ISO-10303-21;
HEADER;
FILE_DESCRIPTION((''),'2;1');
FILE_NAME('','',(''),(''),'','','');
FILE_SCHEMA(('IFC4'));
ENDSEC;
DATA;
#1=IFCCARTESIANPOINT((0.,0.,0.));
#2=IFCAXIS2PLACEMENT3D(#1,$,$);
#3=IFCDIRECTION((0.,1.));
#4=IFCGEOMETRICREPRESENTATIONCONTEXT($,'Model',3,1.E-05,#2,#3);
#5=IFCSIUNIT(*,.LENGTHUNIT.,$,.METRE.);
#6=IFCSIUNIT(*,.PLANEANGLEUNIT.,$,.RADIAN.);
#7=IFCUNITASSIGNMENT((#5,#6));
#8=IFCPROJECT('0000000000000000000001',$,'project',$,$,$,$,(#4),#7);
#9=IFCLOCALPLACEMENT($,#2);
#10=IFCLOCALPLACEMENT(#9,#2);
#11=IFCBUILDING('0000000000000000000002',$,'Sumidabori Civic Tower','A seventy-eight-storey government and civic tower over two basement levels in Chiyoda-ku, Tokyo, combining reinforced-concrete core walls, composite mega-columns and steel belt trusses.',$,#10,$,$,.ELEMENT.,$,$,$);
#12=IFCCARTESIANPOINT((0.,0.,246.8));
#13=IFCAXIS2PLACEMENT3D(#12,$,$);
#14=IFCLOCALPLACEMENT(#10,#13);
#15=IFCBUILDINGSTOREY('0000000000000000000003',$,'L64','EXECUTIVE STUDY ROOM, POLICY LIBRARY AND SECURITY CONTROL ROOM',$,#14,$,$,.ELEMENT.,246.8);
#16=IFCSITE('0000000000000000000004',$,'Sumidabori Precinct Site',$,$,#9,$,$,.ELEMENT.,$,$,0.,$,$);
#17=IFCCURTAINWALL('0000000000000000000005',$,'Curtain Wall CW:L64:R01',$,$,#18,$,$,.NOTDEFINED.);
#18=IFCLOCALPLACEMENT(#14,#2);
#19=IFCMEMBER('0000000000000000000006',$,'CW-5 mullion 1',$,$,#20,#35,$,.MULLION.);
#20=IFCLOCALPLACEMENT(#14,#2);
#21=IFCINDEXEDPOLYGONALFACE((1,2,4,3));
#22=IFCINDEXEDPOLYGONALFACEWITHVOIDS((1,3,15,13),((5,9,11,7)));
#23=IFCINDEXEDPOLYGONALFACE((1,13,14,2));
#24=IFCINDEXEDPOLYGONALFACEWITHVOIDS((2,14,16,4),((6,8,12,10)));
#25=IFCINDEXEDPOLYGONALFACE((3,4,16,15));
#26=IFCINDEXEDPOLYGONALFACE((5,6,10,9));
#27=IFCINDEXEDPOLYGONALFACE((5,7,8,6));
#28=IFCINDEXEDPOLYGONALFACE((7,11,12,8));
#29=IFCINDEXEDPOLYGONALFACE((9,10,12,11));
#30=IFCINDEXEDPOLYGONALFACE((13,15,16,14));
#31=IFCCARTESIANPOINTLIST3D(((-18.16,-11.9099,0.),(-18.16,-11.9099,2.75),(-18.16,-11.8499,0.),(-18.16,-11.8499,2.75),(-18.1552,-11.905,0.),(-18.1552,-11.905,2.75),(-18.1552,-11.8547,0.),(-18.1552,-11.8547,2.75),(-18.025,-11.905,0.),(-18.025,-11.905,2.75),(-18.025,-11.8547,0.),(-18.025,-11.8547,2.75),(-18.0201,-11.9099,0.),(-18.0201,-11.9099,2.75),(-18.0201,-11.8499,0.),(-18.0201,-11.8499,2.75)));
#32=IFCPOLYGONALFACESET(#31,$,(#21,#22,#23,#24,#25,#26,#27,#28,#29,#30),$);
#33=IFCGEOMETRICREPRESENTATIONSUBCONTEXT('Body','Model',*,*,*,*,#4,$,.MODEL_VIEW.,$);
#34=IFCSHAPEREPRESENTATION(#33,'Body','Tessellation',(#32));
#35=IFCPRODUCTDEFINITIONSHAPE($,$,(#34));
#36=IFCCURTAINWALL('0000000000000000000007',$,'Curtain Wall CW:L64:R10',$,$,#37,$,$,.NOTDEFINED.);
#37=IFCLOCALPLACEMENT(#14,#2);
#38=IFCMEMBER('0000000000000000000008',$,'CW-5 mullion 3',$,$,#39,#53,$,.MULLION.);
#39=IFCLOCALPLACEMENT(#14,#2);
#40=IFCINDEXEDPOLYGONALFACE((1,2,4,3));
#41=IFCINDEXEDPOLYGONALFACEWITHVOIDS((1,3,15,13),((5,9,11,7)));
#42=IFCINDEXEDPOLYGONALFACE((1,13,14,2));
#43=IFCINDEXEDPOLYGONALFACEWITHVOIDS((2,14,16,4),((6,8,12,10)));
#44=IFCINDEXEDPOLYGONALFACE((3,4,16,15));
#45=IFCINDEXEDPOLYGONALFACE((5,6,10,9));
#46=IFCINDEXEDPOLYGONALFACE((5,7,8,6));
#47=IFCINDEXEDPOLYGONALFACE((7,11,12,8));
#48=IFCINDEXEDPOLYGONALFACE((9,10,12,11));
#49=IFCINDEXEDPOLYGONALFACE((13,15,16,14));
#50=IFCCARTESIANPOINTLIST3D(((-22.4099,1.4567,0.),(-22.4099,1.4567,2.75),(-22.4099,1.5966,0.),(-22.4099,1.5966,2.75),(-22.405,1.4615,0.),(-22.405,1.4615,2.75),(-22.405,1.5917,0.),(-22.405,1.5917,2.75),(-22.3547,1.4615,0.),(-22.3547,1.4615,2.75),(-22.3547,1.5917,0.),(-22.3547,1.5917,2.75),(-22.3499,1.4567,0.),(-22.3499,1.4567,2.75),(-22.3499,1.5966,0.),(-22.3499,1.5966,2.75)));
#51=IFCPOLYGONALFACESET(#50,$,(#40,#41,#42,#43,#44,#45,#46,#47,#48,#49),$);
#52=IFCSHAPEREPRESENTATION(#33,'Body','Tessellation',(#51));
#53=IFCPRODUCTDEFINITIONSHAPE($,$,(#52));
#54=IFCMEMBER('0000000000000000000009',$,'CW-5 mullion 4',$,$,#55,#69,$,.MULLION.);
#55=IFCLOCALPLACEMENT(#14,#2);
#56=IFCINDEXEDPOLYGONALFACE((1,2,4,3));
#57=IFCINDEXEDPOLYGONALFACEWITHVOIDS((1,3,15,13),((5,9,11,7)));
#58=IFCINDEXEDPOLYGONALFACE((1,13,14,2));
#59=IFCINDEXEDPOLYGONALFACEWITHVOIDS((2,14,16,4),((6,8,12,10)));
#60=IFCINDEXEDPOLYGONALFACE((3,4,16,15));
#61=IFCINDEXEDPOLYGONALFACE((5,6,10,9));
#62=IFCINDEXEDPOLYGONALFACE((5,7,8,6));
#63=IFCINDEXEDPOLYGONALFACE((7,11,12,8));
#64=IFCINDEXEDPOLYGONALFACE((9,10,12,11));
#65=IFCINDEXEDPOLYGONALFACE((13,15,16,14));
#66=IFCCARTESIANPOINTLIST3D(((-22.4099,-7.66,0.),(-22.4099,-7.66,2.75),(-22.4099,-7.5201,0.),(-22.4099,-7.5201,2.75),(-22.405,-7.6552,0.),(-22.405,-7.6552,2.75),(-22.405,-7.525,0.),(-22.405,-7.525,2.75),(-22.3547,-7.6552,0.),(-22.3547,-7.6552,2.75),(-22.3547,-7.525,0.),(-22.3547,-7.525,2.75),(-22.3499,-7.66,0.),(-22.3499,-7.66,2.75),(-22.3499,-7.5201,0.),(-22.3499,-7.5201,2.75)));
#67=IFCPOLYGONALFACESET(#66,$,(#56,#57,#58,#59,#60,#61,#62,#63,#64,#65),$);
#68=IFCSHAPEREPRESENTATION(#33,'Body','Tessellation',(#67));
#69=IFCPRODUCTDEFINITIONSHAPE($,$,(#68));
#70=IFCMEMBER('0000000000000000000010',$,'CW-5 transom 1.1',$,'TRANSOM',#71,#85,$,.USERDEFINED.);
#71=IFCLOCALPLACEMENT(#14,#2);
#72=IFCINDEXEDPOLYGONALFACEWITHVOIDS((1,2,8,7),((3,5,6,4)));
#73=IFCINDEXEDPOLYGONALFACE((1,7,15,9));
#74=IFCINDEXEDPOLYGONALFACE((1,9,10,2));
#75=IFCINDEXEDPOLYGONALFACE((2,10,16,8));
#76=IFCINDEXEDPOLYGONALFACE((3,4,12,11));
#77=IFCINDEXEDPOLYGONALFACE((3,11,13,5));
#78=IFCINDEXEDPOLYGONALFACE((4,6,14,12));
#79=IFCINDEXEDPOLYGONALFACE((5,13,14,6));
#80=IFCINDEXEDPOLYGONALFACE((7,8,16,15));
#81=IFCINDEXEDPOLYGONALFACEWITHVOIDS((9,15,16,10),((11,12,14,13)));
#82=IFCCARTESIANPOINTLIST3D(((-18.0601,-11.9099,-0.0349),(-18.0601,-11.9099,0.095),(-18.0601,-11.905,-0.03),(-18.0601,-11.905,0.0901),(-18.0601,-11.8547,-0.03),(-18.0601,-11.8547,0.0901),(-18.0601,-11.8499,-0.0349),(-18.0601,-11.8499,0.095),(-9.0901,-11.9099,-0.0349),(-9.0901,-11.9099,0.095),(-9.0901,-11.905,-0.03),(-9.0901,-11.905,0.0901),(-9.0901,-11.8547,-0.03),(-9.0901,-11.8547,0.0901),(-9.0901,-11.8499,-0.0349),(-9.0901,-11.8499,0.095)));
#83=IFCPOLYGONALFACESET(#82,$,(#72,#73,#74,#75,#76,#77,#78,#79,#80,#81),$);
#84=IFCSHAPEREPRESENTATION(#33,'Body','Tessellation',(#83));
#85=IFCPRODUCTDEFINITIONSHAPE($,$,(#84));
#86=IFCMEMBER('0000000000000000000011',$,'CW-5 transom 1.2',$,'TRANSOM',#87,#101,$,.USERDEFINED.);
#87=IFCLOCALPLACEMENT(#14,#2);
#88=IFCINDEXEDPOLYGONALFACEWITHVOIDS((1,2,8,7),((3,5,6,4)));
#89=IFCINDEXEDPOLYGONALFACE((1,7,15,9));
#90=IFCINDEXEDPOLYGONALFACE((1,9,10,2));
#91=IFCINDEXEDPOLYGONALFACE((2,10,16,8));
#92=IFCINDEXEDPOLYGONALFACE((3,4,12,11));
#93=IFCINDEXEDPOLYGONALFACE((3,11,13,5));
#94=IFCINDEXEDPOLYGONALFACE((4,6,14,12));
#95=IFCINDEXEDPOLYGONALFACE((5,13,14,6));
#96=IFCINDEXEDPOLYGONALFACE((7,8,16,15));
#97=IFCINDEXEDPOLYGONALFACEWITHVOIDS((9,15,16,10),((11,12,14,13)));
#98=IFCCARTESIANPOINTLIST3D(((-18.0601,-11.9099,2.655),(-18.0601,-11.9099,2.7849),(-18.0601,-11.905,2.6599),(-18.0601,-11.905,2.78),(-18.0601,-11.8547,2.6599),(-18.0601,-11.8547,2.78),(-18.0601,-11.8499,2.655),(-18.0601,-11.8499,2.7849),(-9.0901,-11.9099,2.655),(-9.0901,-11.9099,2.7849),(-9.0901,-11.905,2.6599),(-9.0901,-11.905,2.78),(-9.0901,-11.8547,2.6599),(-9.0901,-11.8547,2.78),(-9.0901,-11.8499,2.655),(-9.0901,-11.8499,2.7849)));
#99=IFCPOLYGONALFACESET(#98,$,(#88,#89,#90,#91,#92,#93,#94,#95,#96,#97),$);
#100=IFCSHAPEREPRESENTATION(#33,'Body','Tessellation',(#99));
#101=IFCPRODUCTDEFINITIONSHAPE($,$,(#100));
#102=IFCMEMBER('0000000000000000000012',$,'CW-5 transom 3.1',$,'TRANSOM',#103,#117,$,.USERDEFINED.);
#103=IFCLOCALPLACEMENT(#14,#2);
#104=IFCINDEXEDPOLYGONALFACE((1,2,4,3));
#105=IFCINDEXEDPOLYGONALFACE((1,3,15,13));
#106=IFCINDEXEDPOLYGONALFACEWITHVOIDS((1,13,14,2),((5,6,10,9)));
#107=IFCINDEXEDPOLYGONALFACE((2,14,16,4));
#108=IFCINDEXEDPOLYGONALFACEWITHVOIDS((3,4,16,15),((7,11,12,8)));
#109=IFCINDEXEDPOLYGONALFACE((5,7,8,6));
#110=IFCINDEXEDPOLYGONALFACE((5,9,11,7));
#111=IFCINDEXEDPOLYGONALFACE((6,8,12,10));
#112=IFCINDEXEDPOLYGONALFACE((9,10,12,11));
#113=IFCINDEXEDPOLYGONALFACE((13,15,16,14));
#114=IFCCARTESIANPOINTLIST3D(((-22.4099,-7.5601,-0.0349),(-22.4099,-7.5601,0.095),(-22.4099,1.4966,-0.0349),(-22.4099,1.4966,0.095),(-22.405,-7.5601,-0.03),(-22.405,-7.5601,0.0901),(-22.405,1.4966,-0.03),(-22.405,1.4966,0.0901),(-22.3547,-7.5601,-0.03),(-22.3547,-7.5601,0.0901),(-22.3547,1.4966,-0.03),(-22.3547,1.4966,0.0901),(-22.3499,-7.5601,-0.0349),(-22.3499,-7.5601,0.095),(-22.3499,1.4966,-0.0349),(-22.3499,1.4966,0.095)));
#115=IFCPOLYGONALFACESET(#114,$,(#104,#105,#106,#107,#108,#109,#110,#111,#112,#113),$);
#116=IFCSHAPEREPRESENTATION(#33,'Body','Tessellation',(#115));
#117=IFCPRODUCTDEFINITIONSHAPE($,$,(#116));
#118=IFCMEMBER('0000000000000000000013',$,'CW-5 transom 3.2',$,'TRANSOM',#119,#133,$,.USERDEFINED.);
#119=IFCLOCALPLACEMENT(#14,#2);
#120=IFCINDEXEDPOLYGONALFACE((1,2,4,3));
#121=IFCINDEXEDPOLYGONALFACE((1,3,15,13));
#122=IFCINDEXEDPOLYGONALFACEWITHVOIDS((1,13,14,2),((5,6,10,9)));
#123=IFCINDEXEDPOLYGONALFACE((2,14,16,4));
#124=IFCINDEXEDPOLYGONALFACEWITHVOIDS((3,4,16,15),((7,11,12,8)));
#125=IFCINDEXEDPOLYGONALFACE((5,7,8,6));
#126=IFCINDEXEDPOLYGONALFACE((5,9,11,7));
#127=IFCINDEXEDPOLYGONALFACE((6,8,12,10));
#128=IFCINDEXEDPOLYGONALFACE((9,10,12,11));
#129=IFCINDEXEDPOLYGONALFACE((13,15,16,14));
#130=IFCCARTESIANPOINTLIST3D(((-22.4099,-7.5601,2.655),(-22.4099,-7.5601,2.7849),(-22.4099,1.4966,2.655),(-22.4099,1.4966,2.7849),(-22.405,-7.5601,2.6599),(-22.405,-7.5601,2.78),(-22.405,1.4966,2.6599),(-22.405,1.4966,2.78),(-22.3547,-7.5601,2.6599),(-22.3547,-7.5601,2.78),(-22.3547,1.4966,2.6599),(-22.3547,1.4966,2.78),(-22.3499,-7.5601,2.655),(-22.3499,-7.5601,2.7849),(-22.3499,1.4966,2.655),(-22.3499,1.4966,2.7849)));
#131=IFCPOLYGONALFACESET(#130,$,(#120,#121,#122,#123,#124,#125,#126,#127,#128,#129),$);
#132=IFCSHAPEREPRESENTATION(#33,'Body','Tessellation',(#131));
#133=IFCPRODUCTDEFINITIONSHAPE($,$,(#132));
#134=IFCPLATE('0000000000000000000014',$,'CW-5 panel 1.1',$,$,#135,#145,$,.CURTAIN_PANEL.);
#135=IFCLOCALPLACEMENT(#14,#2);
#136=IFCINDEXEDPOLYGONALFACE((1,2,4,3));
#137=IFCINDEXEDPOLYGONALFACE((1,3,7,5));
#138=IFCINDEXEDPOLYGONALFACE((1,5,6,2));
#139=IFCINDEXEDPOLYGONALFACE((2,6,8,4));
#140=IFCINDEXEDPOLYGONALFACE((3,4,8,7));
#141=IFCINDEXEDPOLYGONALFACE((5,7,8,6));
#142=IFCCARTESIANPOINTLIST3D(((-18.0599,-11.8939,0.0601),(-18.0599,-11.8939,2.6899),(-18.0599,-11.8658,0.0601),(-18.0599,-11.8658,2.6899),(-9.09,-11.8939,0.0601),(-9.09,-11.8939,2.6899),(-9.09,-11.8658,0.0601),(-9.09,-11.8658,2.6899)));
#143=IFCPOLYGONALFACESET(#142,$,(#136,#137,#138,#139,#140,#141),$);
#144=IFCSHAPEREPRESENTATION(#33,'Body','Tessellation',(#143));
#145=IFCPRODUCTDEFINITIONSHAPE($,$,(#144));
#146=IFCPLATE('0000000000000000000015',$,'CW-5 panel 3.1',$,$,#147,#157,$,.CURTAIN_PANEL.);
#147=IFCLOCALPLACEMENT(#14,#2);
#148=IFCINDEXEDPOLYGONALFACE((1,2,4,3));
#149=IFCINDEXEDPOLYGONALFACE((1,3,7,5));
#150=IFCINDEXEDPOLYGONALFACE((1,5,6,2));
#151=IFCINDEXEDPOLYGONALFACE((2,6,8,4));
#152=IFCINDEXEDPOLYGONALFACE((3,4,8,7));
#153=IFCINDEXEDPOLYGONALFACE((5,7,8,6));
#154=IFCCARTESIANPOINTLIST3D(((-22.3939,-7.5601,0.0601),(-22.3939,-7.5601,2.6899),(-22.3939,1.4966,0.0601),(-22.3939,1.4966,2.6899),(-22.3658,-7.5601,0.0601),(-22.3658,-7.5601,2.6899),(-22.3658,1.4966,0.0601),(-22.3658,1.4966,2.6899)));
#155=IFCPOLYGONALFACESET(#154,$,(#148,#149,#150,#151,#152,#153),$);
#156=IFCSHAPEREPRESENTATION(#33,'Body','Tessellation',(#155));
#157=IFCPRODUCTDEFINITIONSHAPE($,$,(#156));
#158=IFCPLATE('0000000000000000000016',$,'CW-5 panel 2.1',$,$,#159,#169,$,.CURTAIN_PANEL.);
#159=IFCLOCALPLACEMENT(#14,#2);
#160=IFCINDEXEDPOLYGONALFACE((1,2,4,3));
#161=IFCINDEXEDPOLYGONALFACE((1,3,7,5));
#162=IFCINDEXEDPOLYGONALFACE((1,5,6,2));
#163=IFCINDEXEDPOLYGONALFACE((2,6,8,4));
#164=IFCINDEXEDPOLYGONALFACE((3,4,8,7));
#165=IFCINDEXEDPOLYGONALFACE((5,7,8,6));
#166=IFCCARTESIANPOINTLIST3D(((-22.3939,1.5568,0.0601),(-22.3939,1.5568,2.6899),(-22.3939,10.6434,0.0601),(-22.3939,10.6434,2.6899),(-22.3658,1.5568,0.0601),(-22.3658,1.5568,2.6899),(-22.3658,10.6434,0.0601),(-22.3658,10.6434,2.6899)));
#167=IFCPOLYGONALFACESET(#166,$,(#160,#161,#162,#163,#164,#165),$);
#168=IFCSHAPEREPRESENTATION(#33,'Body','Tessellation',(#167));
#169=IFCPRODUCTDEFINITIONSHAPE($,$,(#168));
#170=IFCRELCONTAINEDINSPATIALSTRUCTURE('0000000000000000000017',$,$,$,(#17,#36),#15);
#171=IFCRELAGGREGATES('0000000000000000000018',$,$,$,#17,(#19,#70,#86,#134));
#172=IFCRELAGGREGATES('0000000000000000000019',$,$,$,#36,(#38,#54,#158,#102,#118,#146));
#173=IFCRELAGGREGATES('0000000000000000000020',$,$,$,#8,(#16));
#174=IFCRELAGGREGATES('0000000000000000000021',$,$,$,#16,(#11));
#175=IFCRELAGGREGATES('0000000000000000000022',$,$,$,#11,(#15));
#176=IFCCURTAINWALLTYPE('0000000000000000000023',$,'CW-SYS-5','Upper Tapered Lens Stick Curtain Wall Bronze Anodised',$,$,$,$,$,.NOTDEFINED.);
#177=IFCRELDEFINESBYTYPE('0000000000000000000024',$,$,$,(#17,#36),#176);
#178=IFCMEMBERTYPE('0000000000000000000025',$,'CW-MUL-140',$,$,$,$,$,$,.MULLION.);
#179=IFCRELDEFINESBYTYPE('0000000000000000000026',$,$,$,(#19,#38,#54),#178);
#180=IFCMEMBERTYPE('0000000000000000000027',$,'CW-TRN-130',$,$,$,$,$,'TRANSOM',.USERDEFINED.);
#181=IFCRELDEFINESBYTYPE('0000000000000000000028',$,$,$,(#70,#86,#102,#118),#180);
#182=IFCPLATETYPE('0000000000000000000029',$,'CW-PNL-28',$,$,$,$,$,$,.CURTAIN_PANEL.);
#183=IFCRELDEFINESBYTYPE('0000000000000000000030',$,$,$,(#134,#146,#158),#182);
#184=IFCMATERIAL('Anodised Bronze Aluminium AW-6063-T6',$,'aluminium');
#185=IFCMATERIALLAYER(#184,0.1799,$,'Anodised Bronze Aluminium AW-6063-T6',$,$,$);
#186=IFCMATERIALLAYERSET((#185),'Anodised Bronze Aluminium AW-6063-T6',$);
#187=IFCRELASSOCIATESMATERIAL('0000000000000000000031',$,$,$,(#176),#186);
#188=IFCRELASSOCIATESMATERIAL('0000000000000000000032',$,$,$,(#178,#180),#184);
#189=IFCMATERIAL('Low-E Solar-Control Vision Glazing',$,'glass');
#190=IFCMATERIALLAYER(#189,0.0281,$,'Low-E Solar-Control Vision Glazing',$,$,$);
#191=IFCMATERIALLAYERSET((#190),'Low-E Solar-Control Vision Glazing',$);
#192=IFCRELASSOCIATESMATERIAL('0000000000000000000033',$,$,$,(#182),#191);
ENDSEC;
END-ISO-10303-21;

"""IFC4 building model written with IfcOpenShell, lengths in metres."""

from ifc_helpers import new_model, si_unit, direction, frame, origin, origin_2d, place, context, subcontext, project, spatial, rectangle, hollow_rectangle, extrude, source, transform, mapped, material, layer, layer_set, material_profile, profile_set, type_object, element, aggregate, save


model = new_model("IFC4")

# Units and contexts
model_context = context("Model", 3, precision=1e-05, world=origin(), true_north=direction((0.0, 1.0)))
body_context = subcontext(model_context, "Body", "Model", "MODEL_VIEW")
ifc_project = project(units=[si_unit("LENGTHUNIT", "METRE"), si_unit("PLANEANGLEUNIT", "RADIAN")], contexts=[model_context])

# Site, building, storey
site_placement = place(None, origin())
site = spatial("IfcSite", under=ifc_project, at=site_placement, Name="Sumidabori Precinct Site", CompositionType="ELEMENT", RefElevation=0.0)
building_placement = place(site_placement, origin())
building = spatial("IfcBuilding", under=site, at=building_placement, Name="Sumidabori Civic Tower", Description="A seventy-eight-storey government and civic tower over two basement levels in Chiyoda-ku, Tokyo, combining reinforced-concrete core walls, composite mega-columns and steel belt trusses.", CompositionType="ELEMENT")
storey_placement = place(building_placement, frame((0.0, 0.0, 246.8)))
storey = spatial("IfcBuildingStorey", under=building, at=storey_placement, Name="L64", Description="EXECUTIVE STUDY ROOM, POLICY LIBRARY AND SECURITY CONTROL ROOM", CompositionType="ELEMENT", Elevation=246.8)

# Curtain wall, member
ifc_material_1 = material(Name="Anodised Bronze Aluminium AW-6063-T6", Category="aluminium")
ifc_layer_1 = layer(ifc_material_1, 0.1799, Name="Anodised Bronze Aluminium AW-6063-T6")
ifc_layer_set_1 = layer_set([ifc_layer_1], Name="Anodised Bronze Aluminium AW-6063-T6")
curtain_wall_type = type_object("IfcCurtainWallType", Name="CW-SYS-5", Description="Upper Tapered Lens Stick Curtain Wall Bronze Anodised", PredefinedType="NOTDEFINED", material=ifc_layer_set_1)
curtain_wall_1_placement = place(storey_placement, origin())
curtain_wall_1 = element("IfcCurtainWall", 1, at=curtain_wall_1_placement, inside=storey, type_object=curtain_wall_type, Name="Curtain Wall CW:L64:R01", PredefinedType="NOTDEFINED")
ifc_material_profile_1 = material_profile(ifc_material_1, hollow_rectangle(XDim=0.0601, YDim=0.1399, WallThickness=0.0049, at=origin_2d()), Name="ALU MULLION 140x60")
ifc_profile_set_1 = profile_set([ifc_material_profile_1], Name="Anodised Bronze Aluminium AW-6063-T6")
member_type_1 = type_object("IfcMemberType", Name="CW-MUL-140", PredefinedType="MULLION", material=ifc_profile_set_1)
shared_shape_1 = source(origin(), body_context, "Body", "SweptSolid", [
    extrude(hollow_rectangle(XDim=0.0601, YDim=0.1399, WallThickness=0.0049, at=origin_2d()), origin(), (0.0, 0.0, 1.0), 2.75),
])
member_1_placement = place(storey_placement, frame((-18.0901, -11.8799, 0.0), z_axis=(0.0, 0.0, 1.0), x_axis=(0.0, 1.0, 0.0)))
member_1 = element("IfcMember", 2, at=member_1_placement, type_object=member_type_1, Name="CW-5 mullion 1", PredefinedType="MULLION", context=body_context, shape_type="MappedRepresentation", body=[
    mapped(shared_shape_1, transform((0.0, 0.0, 0.0), x_axis=(1.0, 0.0, 0.0), y_axis=(0.0, 1.0, 0.0), z_axis=(0.0, 0.0, 1.0), scale=1.0)),
])

# Curtain wall, members
curtain_wall_2_placement = place(storey_placement, origin())
curtain_wall_2 = element("IfcCurtainWall", 3, at=curtain_wall_2_placement, inside=storey, type_object=curtain_wall_type, Name="Curtain Wall CW:L64:R10", PredefinedType="NOTDEFINED")
member_2_placement = place(storey_placement, frame((-22.3799, 1.5266, 0.0), z_axis=(0.0, 0.0, 1.0), x_axis=(1.0, 0.0, 0.0)))
member_2 = element("IfcMember", 4, at=member_2_placement, type_object=member_type_1, Name="CW-5 mullion 3", PredefinedType="MULLION", context=body_context, shape_type="MappedRepresentation", body=[
    mapped(shared_shape_1, transform((0.0, 0.0, 0.0), x_axis=(1.0, 0.0, 0.0), y_axis=(0.0, 1.0, 0.0), z_axis=(0.0, 0.0, 1.0), scale=1.0)),
])
member_3_placement = place(storey_placement, frame((-22.3799, -7.5901, 0.0), z_axis=(0.0, 0.0, 1.0), x_axis=(1.0, 0.0, 0.0)))
member_3 = element("IfcMember", 5, at=member_3_placement, type_object=member_type_1, Name="CW-5 mullion 4", PredefinedType="MULLION", context=body_context, shape_type="MappedRepresentation", body=[
    mapped(shared_shape_1, transform((0.0, 0.0, 0.0), x_axis=(1.0, 0.0, 0.0), y_axis=(0.0, 1.0, 0.0), z_axis=(0.0, 0.0, 1.0), scale=1.0)),
])

# Members
ifc_material_profile_2 = material_profile(ifc_material_1, hollow_rectangle(XDim=0.0601, YDim=0.1299, WallThickness=0.0049, at=origin_2d()), Name="ALU TRANSOM 130x60")
ifc_profile_set_2 = profile_set([ifc_material_profile_2], Name="Anodised Bronze Aluminium AW-6063-T6")
member_type_2 = type_object("IfcMemberType", Name="CW-TRN-130", ElementType="TRANSOM", PredefinedType="USERDEFINED", material=ifc_profile_set_2)
shared_shape_2 = source(origin(), body_context, "Body", "SweptSolid", [
    extrude(hollow_rectangle(XDim=0.0601, YDim=0.1299, WallThickness=0.0049, at=origin_2d()), origin(), (0.0, 0.0, 1.0), 8.97),
])
member_4_placement = place(storey_placement, frame((-18.0601, -11.8799, 0.03), z_axis=(1.0, 0.0, 0.0), x_axis=(0.0, 1.0, 0.0)))
member_4 = element("IfcMember", 6, at=member_4_placement, type_object=member_type_2, Name="CW-5 transom 1.1", ObjectType="TRANSOM", PredefinedType="USERDEFINED", context=body_context, shape_type="MappedRepresentation", body=[
    mapped(shared_shape_2, transform((0.0, 0.0, 0.0), x_axis=(1.0, 0.0, 0.0), y_axis=(0.0, 1.0, 0.0), z_axis=(0.0, 0.0, 1.0), scale=1.0)),
])
member_5_placement = place(storey_placement, frame((-18.0601, -11.8799, 2.72), z_axis=(1.0, 0.0, 0.0), x_axis=(0.0, 1.0, 0.0)))
member_5 = element("IfcMember", 7, at=member_5_placement, type_object=member_type_2, Name="CW-5 transom 1.2", ObjectType="TRANSOM", PredefinedType="USERDEFINED", context=body_context, shape_type="MappedRepresentation", body=[
    mapped(shared_shape_2, transform((0.0, 0.0, 0.0), x_axis=(1.0, 0.0, 0.0), y_axis=(0.0, 1.0, 0.0), z_axis=(0.0, 0.0, 1.0), scale=1.0)),
])
shared_shape_3 = source(origin(), body_context, "Body", "SweptSolid", [
    extrude(hollow_rectangle(XDim=0.0601, YDim=0.1299, WallThickness=0.0049, at=origin_2d()), origin(), (0.0, 0.0, 1.0), 9.0566),
])
member_6_placement = place(storey_placement, frame((-22.3799, 1.4966, 0.03), z_axis=(0.0, -1.0, 0.0), x_axis=(1.0, 0.0, 0.0)))
member_6 = element("IfcMember", 8, at=member_6_placement, type_object=member_type_2, Name="CW-5 transom 3.1", ObjectType="TRANSOM", PredefinedType="USERDEFINED", context=body_context, shape_type="MappedRepresentation", body=[
    mapped(shared_shape_3, transform((0.0, 0.0, 0.0), x_axis=(1.0, 0.0, 0.0), y_axis=(0.0, 1.0, 0.0), z_axis=(0.0, 0.0, 1.0), scale=1.0)),
])
member_7_placement = place(storey_placement, frame((-22.3799, 1.4966, 2.72), z_axis=(0.0, -1.0, 0.0), x_axis=(1.0, 0.0, 0.0)))
member_7 = element("IfcMember", 9, at=member_7_placement, type_object=member_type_2, Name="CW-5 transom 3.2", ObjectType="TRANSOM", PredefinedType="USERDEFINED", context=body_context, shape_type="MappedRepresentation", body=[
    mapped(shared_shape_3, transform((0.0, 0.0, 0.0), x_axis=(1.0, 0.0, 0.0), y_axis=(0.0, 1.0, 0.0), z_axis=(0.0, 0.0, 1.0), scale=1.0)),
])

# Plates
ifc_material_2 = material(Name="Low-E Solar-Control Vision Glazing", Category="glass")
ifc_layer_2 = layer(ifc_material_2, 0.0281, Name="Low-E Solar-Control Vision Glazing")
ifc_layer_set_2 = layer_set([ifc_layer_2], Name="Low-E Solar-Control Vision Glazing")
plate_type = type_object("IfcPlateType", Name="CW-PNL-28", PredefinedType="CURTAIN_PANEL", material=ifc_layer_set_2)
shared_shape_4 = source(origin(), body_context, "Body", "SweptSolid", [
    extrude(rectangle(XDim=8.97, YDim=0.0281, at=origin_2d()), origin(), (0.0, 0.0, 1.0), 2.6299),
])
plate_1_placement = place(storey_placement, frame((-13.575, -11.8799, 0.0601), z_axis=(0.0, 0.0, 1.0), x_axis=(1.0, 0.0, 0.0)))
plate_1 = element("IfcPlate", 10, at=plate_1_placement, type_object=plate_type, Name="CW-5 panel 1.1", PredefinedType="CURTAIN_PANEL", context=body_context, shape_type="MappedRepresentation", body=[
    mapped(shared_shape_4, transform((0.0, 0.0, 0.0), x_axis=(1.0, 0.0, 0.0), y_axis=(0.0, 1.0, 0.0), z_axis=(0.0, 0.0, 1.0), scale=1.0)),
])
aggregate(curtain_wall_1, [member_1, member_4, member_5, plate_1])
shared_shape_5 = source(origin(), body_context, "Body", "SweptSolid", [
    extrude(rectangle(XDim=9.0566, YDim=0.0281, at=origin_2d()), origin(), (0.0, 0.0, 1.0), 2.6299),
])
plate_2_placement = place(storey_placement, frame((-22.3799, -3.0317, 0.0601), z_axis=(0.0, 0.0, 1.0), x_axis=(0.0, -1.0, 0.0)))
plate_2 = element("IfcPlate", 11, at=plate_2_placement, type_object=plate_type, Name="CW-5 panel 3.1", PredefinedType="CURTAIN_PANEL", context=body_context, shape_type="MappedRepresentation", body=[
    mapped(shared_shape_5, transform((0.0, 0.0, 0.0), x_axis=(1.0, 0.0, 0.0), y_axis=(0.0, 1.0, 0.0), z_axis=(0.0, 0.0, 1.0), scale=1.0)),
])
shared_shape_6 = source(origin(), body_context, "Body", "SweptSolid", [
    extrude(rectangle(XDim=9.0867, YDim=0.0281, at=origin_2d()), origin(), (0.0, 0.0, 1.0), 2.6299),
])
plate_3_placement = place(storey_placement, frame((-22.3799, 6.1001, 0.0601), z_axis=(0.0, 0.0, 1.0), x_axis=(0.0, -1.0, 0.0)))
plate_3 = element("IfcPlate", 12, at=plate_3_placement, type_object=plate_type, Name="CW-5 panel 2.1", PredefinedType="CURTAIN_PANEL", context=body_context, shape_type="MappedRepresentation", body=[
    mapped(shared_shape_6, transform((0.0, 0.0, 0.0), x_axis=(1.0, 0.0, 0.0), y_axis=(0.0, 1.0, 0.0), z_axis=(0.0, 0.0, 1.0), scale=1.0)),
])
aggregate(curtain_wall_2, [member_2, member_3, plate_3, member_6, member_7, plate_2])

save(model, "model.ifc")
